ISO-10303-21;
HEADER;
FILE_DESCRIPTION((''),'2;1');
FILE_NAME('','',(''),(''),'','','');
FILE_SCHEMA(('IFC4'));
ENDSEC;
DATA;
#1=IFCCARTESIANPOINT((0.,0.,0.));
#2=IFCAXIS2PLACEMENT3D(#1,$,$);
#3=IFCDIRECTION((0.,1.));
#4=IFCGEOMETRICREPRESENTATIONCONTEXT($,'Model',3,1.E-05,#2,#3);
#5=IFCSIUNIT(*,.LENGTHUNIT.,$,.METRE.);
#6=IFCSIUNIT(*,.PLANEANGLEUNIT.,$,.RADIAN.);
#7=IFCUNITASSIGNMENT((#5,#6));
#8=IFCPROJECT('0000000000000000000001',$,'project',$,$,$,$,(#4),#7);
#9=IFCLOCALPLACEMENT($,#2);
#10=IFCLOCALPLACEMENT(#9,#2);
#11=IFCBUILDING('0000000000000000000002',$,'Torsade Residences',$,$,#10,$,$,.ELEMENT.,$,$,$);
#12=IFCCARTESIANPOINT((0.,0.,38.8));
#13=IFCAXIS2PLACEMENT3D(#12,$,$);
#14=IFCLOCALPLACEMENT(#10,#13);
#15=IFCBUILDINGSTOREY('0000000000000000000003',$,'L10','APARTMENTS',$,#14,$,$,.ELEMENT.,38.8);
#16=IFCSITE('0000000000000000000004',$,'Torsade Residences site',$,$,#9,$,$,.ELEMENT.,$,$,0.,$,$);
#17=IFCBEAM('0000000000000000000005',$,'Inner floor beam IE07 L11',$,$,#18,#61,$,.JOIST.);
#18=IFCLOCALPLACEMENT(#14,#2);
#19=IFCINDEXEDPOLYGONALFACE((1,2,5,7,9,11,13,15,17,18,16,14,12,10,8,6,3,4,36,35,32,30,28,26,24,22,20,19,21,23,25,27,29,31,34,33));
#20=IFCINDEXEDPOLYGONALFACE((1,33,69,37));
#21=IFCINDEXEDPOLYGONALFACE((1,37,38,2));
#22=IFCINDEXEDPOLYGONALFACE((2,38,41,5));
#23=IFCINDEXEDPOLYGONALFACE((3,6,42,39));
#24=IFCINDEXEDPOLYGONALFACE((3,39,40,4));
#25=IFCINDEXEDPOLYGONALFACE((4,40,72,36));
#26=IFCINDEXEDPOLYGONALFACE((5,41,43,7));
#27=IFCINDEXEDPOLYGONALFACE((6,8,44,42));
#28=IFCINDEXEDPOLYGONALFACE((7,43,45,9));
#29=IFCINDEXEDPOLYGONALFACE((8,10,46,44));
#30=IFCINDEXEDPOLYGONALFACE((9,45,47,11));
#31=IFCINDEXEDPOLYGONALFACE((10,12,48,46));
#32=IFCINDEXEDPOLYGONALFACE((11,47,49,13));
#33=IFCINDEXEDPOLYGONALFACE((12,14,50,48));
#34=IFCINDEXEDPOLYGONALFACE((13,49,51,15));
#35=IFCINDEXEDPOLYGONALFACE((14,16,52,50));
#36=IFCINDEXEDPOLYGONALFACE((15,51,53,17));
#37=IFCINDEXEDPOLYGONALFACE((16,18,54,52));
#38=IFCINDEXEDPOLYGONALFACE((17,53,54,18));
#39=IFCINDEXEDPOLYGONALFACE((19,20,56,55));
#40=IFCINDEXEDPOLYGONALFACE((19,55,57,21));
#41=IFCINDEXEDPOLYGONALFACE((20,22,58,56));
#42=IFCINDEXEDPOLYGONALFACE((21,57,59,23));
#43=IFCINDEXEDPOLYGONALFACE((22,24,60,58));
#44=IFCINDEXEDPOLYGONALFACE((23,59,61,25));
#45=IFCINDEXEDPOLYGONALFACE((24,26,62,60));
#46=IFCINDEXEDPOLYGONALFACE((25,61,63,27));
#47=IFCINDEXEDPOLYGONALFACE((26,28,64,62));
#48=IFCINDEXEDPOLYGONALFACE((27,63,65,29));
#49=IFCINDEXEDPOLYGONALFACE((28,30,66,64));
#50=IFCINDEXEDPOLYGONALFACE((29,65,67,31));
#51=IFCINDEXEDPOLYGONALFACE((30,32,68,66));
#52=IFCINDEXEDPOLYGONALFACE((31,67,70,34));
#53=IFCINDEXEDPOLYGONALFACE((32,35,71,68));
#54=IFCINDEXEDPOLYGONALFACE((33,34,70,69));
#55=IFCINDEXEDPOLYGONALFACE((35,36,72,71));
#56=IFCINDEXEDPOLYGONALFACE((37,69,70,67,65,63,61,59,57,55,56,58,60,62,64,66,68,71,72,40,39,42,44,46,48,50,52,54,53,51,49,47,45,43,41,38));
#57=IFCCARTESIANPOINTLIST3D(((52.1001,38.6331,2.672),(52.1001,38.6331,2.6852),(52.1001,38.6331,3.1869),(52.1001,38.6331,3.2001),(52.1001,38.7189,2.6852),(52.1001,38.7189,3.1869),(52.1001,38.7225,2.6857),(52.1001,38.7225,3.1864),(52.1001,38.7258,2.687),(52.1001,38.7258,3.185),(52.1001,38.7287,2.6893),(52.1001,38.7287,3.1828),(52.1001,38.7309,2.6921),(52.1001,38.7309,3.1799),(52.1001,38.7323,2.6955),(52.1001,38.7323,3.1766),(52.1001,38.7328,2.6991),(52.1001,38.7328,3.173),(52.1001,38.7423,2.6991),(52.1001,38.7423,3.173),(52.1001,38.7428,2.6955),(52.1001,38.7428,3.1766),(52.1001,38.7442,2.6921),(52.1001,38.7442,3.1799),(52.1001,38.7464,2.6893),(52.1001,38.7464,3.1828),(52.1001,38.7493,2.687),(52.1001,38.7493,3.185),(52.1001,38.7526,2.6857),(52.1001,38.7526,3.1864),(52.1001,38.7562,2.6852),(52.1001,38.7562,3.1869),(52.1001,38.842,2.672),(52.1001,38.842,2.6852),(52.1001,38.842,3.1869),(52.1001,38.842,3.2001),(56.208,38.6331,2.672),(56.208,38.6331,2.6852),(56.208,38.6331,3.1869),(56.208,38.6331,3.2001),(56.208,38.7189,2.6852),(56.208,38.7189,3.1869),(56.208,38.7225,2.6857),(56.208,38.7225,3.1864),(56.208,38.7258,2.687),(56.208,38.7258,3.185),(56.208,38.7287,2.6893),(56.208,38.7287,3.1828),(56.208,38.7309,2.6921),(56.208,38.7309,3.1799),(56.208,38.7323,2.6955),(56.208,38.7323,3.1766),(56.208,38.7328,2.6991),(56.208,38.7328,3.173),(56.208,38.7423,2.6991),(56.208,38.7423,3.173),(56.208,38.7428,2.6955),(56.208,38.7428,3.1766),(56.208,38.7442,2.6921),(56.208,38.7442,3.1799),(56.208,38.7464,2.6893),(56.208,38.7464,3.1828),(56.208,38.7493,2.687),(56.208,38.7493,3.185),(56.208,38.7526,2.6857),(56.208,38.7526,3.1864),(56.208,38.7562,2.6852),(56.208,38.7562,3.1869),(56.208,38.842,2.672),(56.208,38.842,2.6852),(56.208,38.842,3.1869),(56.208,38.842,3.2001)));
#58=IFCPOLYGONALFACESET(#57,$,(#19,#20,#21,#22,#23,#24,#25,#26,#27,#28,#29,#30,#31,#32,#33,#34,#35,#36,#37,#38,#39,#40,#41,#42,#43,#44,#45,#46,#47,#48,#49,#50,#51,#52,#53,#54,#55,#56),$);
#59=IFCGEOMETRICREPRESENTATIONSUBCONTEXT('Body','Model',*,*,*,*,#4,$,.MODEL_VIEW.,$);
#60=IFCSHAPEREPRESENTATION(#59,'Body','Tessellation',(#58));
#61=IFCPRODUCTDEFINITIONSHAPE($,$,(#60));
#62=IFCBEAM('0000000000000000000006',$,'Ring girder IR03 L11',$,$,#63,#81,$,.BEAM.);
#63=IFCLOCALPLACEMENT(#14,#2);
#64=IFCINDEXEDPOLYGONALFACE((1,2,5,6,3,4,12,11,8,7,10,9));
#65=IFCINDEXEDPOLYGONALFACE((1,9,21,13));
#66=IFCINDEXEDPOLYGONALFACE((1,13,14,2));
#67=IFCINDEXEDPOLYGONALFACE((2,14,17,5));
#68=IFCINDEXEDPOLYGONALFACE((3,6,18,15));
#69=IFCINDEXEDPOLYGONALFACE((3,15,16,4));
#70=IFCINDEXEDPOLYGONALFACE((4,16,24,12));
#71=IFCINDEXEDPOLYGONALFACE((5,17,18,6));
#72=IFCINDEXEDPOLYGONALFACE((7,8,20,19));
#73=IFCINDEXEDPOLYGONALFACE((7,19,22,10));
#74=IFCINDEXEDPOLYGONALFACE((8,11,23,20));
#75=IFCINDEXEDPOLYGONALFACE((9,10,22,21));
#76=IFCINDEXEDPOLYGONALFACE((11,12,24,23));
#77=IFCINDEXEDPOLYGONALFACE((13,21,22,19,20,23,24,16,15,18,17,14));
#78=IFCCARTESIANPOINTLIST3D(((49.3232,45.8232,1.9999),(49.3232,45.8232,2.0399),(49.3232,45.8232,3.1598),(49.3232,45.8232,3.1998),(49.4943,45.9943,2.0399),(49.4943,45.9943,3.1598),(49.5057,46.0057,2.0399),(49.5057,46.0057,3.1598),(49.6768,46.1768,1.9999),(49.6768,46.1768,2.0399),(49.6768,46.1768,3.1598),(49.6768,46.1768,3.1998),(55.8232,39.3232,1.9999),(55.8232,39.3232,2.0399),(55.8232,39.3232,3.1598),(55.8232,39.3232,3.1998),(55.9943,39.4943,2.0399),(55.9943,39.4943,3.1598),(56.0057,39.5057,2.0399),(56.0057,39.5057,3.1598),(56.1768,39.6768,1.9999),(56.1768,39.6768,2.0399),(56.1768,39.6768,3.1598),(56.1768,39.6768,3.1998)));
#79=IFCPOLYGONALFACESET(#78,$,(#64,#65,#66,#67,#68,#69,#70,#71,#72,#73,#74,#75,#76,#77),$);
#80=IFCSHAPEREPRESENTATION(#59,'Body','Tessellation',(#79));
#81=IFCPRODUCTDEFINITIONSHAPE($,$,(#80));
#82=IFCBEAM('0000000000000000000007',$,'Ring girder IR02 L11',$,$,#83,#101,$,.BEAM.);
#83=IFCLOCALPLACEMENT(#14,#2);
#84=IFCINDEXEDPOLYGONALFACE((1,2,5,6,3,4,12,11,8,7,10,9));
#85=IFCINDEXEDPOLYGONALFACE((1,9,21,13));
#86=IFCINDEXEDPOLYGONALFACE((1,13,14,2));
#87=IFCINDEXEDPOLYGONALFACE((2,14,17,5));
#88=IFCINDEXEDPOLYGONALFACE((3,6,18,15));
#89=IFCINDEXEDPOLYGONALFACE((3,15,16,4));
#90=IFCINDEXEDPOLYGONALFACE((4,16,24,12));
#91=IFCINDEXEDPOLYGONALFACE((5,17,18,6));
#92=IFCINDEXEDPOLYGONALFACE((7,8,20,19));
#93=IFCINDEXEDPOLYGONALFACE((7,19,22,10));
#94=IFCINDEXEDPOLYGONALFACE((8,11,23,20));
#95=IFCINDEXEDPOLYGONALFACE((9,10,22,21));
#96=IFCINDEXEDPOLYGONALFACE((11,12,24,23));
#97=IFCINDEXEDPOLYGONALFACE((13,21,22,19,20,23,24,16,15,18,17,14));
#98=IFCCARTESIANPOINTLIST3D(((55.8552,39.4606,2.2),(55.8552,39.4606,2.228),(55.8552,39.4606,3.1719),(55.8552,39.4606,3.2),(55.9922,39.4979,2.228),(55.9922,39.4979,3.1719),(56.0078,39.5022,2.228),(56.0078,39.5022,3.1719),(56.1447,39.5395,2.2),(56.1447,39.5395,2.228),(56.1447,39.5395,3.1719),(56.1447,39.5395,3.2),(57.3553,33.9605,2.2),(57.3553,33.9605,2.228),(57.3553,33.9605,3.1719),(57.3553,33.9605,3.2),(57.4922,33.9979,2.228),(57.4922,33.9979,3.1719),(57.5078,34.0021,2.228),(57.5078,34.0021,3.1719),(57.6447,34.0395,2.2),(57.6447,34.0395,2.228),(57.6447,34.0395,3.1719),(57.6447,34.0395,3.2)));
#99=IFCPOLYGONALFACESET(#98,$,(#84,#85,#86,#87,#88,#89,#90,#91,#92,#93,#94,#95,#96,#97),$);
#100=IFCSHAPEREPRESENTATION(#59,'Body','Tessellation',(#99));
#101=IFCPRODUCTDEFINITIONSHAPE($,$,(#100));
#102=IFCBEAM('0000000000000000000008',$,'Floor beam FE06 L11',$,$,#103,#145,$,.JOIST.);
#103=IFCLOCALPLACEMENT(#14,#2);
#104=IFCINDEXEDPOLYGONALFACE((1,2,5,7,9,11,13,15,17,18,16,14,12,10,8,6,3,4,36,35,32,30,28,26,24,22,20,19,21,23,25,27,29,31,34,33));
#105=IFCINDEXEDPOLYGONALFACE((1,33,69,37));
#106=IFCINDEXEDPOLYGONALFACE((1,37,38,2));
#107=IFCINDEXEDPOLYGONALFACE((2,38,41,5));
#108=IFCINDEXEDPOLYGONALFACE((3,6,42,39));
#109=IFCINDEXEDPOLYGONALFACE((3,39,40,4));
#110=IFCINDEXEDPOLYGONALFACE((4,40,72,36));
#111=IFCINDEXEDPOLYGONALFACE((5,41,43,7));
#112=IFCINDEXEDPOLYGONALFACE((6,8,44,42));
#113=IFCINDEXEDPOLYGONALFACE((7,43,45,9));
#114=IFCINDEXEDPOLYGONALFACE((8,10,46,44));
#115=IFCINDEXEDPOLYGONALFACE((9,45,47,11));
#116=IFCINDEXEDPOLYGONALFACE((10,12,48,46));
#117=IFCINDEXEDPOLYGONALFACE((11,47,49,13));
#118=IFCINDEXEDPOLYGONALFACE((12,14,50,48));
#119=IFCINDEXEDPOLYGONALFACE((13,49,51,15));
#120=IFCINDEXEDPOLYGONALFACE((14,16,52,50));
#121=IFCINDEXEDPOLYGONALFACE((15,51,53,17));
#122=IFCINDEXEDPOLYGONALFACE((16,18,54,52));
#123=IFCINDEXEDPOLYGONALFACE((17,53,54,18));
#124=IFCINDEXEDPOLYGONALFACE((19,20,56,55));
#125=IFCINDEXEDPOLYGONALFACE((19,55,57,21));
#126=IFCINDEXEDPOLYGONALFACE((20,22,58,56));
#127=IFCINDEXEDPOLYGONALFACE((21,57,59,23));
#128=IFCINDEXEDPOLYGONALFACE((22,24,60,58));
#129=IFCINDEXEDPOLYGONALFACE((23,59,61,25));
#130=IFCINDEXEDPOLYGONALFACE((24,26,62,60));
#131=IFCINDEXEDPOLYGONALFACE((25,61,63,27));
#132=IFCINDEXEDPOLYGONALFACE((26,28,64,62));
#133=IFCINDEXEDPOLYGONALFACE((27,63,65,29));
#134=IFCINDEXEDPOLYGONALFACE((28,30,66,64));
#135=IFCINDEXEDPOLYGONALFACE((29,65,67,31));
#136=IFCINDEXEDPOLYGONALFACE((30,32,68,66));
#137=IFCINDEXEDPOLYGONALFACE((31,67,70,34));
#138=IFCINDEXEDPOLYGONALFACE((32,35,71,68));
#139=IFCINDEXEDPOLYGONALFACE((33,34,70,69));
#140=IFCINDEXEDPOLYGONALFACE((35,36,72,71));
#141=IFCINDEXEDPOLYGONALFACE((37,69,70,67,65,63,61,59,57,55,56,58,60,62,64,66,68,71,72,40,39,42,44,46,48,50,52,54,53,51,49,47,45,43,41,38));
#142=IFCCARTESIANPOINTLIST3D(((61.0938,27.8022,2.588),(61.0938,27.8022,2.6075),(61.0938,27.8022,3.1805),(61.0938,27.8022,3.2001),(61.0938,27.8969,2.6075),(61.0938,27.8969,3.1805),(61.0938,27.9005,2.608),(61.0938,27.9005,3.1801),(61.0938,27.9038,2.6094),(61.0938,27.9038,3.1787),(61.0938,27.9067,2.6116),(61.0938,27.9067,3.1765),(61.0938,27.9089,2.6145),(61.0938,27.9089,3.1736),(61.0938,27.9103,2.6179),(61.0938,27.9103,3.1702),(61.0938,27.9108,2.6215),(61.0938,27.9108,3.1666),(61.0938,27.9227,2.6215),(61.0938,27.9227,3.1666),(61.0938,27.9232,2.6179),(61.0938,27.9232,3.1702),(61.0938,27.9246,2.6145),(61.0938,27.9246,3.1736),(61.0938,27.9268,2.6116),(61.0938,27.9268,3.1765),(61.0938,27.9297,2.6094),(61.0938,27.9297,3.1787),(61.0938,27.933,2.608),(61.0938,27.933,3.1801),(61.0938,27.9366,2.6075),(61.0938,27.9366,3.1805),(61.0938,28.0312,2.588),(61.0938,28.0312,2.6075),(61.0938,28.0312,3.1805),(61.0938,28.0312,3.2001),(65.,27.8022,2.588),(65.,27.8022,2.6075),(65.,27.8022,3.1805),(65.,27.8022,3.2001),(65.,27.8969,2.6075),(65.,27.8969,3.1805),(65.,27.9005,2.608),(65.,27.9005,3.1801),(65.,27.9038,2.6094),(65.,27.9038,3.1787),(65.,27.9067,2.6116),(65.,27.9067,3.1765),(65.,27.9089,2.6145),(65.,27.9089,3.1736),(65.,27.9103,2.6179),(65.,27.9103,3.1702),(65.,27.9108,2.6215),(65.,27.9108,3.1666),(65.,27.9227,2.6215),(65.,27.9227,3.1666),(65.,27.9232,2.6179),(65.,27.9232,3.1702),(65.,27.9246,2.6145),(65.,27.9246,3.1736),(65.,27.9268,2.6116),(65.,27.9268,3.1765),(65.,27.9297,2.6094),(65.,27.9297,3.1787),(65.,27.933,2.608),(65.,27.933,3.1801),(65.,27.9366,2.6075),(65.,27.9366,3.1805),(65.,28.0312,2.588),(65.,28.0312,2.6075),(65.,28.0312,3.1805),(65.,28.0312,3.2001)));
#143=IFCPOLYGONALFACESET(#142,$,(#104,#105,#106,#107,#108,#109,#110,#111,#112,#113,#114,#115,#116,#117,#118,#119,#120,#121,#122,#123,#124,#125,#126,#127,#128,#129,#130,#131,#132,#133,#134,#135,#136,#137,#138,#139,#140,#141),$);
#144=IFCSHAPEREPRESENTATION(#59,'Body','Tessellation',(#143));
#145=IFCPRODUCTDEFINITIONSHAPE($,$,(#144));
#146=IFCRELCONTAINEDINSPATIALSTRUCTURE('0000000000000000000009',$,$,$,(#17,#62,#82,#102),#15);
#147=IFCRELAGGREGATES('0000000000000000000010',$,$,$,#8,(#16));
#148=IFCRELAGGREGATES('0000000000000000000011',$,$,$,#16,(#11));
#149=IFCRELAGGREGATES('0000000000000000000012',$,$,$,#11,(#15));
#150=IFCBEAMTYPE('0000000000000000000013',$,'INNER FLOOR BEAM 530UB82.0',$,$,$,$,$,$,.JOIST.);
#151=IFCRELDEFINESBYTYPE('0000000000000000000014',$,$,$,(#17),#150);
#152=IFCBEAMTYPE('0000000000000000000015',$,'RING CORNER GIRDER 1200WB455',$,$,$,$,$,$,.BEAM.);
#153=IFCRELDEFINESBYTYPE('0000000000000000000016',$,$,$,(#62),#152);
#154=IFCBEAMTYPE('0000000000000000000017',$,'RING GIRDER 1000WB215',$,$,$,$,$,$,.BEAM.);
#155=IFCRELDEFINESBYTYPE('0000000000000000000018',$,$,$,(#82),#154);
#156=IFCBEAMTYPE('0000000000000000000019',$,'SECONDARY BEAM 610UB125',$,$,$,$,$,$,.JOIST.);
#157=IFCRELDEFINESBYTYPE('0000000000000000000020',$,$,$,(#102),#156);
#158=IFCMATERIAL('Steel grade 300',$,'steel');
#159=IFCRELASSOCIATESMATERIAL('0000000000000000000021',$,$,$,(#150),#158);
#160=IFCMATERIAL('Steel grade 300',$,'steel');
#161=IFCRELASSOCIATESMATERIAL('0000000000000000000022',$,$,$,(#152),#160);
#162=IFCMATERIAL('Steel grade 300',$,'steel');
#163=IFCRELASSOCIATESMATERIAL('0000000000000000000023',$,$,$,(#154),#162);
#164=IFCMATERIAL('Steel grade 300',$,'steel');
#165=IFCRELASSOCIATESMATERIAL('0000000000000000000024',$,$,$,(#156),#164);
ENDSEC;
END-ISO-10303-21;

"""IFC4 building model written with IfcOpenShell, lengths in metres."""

from ifc_helpers import new_model, si_unit, direction, frame, origin, origin_2d, place, context, subcontext, project, spatial, i_section, extrude, material, material_profile, profile_set, type_object, element, save


model = new_model("IFC4")

# Units and contexts
model_context = context("Model", 3, precision=1e-05, world=origin(), true_north=direction((0.0, 1.0)))
body_context = subcontext(model_context, "Body", "Model", "MODEL_VIEW")
ifc_project = project(units=[si_unit("LENGTHUNIT", "METRE"), si_unit("PLANEANGLEUNIT", "RADIAN")], contexts=[model_context])

# Site, building, storey
site_placement = place(None, origin())
site = spatial("IfcSite", under=ifc_project, at=site_placement, Name="Torsade Residences site", CompositionType="ELEMENT", RefElevation=0.0)
building_placement = place(site_placement, origin())
building = spatial("IfcBuilding", under=site, at=building_placement, Name="Torsade Residences", CompositionType="ELEMENT")
storey_placement = place(building_placement, frame((0.0, 0.0, 38.8)))
storey = spatial("IfcBuildingStorey", under=building, at=storey_placement, Name="L10", Description="APARTMENTS", CompositionType="ELEMENT", Elevation=38.8)

# Beams
ifc_material_1 = material(Name="Steel grade 300", Category="steel")
ifc_material_profile_1 = material_profile(ifc_material_1, i_section(OverallWidth=0.209, OverallDepth=0.5281, WebThickness=0.0095, FlangeThickness=0.0132, FilletRadius=0.0139, at=origin_2d()), Name="530UB82.0")
ifc_profile_set_1 = profile_set([ifc_material_profile_1], Name="Steel grade 300")
beam_type_1 = type_object("IfcBeamType", Name="INNER FLOOR BEAM 530UB82.0", PredefinedType="JOIST", material=ifc_profile_set_1)
beam_1_placement = place(storey_placement, frame((52.1001, 38.7375, 2.936), z_axis=(1.0, 0.0, 0.0), x_axis=(0.0, 1.0, 0.0)))
element("IfcBeam", 1, at=beam_1_placement, inside=storey, type_object=beam_type_1, Name="Inner floor beam IE07 L11", PredefinedType="JOIST", context=body_context, shape_type="SweptSolid", body=[
    extrude(i_section(OverallWidth=0.209, OverallDepth=0.5281, WebThickness=0.0095, FlangeThickness=0.0132, FilletRadius=0.0139, at=origin_2d()), origin(), (0.0, 0.0, 1.0), 4.1079),
])
ifc_material_2 = material(Name="Steel grade 300", Category="steel")
ifc_material_profile_2 = material_profile(ifc_material_2, i_section(OverallWidth=0.5, OverallDepth=1.2, WebThickness=0.0161, FlangeThickness=0.04, at=origin_2d()), Name="1200WB455")
ifc_profile_set_2 = profile_set([ifc_material_profile_2], Name="Steel grade 300")
beam_type_2 = type_object("IfcBeamType", Name="RING CORNER GIRDER 1200WB455", PredefinedType="BEAM", material=ifc_profile_set_2)
beam_2_placement = place(storey_placement, frame((56.0, 39.5, 2.5999), z_axis=(-0.707107, 0.707107, 0.0), x_axis=(-0.707107, -0.707107, 0.0)))
element("IfcBeam", 2, at=beam_2_placement, inside=storey, type_object=beam_type_2, Name="Ring girder IR03 L11", PredefinedType="BEAM", context=body_context, shape_type="SweptSolid", body=[
    extrude(i_section(OverallWidth=0.5, OverallDepth=1.2, WebThickness=0.0161, FlangeThickness=0.04, at=origin_2d()), origin(), (0.0, 0.0, 1.0), 9.1924),
])
ifc_material_3 = material(Name="Steel grade 300", Category="steel")
ifc_material_profile_3 = material_profile(ifc_material_3, i_section(OverallWidth=0.3, OverallDepth=1.0, WebThickness=0.0161, FlangeThickness=0.0281, at=origin_2d()), Name="1000WB215")
ifc_profile_set_3 = profile_set([ifc_material_profile_3], Name="Steel grade 300")
beam_type_3 = type_object("IfcBeamType", Name="RING GIRDER 1000WB215", PredefinedType="BEAM", material=ifc_profile_set_3)
beam_3_placement = place(storey_placement, frame((57.5, 34.0, 2.7), z_axis=(-0.263117, 0.964764, 0.0), x_axis=(-0.964764, -0.263117, 0.0)))
element("IfcBeam", 3, at=beam_3_placement, inside=storey, type_object=beam_type_3, Name="Ring girder IR02 L11", PredefinedType="BEAM", context=body_context, shape_type="SweptSolid", body=[
    extrude(i_section(OverallWidth=0.3, OverallDepth=1.0, WebThickness=0.0161, FlangeThickness=0.0281, at=origin_2d()), origin(), (0.0, 0.0, 1.0), 5.7009),
])
ifc_material_4 = material(Name="Steel grade 300", Category="steel")
ifc_material_profile_4 = material_profile(ifc_material_4, i_section(OverallWidth=0.229, OverallDepth=0.6121, WebThickness=0.012, FlangeThickness=0.0195, FilletRadius=0.0139, at=origin_2d()), Name="610UB125")
ifc_profile_set_4 = profile_set([ifc_material_profile_4], Name="Steel grade 300")
beam_type_4 = type_object("IfcBeamType", Name="SECONDARY BEAM 610UB125", PredefinedType="JOIST", material=ifc_profile_set_4)
beam_4_placement = place(storey_placement, frame((65.0, 27.9167, 2.894), z_axis=(-1.0, 0.0, 0.0), x_axis=(0.0, -1.0, 0.0)))
element("IfcBeam", 4, at=beam_4_placement, inside=storey, type_object=beam_type_4, Name="Floor beam FE06 L11", PredefinedType="JOIST", context=body_context, shape_type="SweptSolid", body=[
    extrude(i_section(OverallWidth=0.229, OverallDepth=0.6121, WebThickness=0.012, FlangeThickness=0.0195, FilletRadius=0.0139, at=origin_2d()), origin(), (0.0, 0.0, 1.0), 3.9062),
])

save(model, "model.ifc")
